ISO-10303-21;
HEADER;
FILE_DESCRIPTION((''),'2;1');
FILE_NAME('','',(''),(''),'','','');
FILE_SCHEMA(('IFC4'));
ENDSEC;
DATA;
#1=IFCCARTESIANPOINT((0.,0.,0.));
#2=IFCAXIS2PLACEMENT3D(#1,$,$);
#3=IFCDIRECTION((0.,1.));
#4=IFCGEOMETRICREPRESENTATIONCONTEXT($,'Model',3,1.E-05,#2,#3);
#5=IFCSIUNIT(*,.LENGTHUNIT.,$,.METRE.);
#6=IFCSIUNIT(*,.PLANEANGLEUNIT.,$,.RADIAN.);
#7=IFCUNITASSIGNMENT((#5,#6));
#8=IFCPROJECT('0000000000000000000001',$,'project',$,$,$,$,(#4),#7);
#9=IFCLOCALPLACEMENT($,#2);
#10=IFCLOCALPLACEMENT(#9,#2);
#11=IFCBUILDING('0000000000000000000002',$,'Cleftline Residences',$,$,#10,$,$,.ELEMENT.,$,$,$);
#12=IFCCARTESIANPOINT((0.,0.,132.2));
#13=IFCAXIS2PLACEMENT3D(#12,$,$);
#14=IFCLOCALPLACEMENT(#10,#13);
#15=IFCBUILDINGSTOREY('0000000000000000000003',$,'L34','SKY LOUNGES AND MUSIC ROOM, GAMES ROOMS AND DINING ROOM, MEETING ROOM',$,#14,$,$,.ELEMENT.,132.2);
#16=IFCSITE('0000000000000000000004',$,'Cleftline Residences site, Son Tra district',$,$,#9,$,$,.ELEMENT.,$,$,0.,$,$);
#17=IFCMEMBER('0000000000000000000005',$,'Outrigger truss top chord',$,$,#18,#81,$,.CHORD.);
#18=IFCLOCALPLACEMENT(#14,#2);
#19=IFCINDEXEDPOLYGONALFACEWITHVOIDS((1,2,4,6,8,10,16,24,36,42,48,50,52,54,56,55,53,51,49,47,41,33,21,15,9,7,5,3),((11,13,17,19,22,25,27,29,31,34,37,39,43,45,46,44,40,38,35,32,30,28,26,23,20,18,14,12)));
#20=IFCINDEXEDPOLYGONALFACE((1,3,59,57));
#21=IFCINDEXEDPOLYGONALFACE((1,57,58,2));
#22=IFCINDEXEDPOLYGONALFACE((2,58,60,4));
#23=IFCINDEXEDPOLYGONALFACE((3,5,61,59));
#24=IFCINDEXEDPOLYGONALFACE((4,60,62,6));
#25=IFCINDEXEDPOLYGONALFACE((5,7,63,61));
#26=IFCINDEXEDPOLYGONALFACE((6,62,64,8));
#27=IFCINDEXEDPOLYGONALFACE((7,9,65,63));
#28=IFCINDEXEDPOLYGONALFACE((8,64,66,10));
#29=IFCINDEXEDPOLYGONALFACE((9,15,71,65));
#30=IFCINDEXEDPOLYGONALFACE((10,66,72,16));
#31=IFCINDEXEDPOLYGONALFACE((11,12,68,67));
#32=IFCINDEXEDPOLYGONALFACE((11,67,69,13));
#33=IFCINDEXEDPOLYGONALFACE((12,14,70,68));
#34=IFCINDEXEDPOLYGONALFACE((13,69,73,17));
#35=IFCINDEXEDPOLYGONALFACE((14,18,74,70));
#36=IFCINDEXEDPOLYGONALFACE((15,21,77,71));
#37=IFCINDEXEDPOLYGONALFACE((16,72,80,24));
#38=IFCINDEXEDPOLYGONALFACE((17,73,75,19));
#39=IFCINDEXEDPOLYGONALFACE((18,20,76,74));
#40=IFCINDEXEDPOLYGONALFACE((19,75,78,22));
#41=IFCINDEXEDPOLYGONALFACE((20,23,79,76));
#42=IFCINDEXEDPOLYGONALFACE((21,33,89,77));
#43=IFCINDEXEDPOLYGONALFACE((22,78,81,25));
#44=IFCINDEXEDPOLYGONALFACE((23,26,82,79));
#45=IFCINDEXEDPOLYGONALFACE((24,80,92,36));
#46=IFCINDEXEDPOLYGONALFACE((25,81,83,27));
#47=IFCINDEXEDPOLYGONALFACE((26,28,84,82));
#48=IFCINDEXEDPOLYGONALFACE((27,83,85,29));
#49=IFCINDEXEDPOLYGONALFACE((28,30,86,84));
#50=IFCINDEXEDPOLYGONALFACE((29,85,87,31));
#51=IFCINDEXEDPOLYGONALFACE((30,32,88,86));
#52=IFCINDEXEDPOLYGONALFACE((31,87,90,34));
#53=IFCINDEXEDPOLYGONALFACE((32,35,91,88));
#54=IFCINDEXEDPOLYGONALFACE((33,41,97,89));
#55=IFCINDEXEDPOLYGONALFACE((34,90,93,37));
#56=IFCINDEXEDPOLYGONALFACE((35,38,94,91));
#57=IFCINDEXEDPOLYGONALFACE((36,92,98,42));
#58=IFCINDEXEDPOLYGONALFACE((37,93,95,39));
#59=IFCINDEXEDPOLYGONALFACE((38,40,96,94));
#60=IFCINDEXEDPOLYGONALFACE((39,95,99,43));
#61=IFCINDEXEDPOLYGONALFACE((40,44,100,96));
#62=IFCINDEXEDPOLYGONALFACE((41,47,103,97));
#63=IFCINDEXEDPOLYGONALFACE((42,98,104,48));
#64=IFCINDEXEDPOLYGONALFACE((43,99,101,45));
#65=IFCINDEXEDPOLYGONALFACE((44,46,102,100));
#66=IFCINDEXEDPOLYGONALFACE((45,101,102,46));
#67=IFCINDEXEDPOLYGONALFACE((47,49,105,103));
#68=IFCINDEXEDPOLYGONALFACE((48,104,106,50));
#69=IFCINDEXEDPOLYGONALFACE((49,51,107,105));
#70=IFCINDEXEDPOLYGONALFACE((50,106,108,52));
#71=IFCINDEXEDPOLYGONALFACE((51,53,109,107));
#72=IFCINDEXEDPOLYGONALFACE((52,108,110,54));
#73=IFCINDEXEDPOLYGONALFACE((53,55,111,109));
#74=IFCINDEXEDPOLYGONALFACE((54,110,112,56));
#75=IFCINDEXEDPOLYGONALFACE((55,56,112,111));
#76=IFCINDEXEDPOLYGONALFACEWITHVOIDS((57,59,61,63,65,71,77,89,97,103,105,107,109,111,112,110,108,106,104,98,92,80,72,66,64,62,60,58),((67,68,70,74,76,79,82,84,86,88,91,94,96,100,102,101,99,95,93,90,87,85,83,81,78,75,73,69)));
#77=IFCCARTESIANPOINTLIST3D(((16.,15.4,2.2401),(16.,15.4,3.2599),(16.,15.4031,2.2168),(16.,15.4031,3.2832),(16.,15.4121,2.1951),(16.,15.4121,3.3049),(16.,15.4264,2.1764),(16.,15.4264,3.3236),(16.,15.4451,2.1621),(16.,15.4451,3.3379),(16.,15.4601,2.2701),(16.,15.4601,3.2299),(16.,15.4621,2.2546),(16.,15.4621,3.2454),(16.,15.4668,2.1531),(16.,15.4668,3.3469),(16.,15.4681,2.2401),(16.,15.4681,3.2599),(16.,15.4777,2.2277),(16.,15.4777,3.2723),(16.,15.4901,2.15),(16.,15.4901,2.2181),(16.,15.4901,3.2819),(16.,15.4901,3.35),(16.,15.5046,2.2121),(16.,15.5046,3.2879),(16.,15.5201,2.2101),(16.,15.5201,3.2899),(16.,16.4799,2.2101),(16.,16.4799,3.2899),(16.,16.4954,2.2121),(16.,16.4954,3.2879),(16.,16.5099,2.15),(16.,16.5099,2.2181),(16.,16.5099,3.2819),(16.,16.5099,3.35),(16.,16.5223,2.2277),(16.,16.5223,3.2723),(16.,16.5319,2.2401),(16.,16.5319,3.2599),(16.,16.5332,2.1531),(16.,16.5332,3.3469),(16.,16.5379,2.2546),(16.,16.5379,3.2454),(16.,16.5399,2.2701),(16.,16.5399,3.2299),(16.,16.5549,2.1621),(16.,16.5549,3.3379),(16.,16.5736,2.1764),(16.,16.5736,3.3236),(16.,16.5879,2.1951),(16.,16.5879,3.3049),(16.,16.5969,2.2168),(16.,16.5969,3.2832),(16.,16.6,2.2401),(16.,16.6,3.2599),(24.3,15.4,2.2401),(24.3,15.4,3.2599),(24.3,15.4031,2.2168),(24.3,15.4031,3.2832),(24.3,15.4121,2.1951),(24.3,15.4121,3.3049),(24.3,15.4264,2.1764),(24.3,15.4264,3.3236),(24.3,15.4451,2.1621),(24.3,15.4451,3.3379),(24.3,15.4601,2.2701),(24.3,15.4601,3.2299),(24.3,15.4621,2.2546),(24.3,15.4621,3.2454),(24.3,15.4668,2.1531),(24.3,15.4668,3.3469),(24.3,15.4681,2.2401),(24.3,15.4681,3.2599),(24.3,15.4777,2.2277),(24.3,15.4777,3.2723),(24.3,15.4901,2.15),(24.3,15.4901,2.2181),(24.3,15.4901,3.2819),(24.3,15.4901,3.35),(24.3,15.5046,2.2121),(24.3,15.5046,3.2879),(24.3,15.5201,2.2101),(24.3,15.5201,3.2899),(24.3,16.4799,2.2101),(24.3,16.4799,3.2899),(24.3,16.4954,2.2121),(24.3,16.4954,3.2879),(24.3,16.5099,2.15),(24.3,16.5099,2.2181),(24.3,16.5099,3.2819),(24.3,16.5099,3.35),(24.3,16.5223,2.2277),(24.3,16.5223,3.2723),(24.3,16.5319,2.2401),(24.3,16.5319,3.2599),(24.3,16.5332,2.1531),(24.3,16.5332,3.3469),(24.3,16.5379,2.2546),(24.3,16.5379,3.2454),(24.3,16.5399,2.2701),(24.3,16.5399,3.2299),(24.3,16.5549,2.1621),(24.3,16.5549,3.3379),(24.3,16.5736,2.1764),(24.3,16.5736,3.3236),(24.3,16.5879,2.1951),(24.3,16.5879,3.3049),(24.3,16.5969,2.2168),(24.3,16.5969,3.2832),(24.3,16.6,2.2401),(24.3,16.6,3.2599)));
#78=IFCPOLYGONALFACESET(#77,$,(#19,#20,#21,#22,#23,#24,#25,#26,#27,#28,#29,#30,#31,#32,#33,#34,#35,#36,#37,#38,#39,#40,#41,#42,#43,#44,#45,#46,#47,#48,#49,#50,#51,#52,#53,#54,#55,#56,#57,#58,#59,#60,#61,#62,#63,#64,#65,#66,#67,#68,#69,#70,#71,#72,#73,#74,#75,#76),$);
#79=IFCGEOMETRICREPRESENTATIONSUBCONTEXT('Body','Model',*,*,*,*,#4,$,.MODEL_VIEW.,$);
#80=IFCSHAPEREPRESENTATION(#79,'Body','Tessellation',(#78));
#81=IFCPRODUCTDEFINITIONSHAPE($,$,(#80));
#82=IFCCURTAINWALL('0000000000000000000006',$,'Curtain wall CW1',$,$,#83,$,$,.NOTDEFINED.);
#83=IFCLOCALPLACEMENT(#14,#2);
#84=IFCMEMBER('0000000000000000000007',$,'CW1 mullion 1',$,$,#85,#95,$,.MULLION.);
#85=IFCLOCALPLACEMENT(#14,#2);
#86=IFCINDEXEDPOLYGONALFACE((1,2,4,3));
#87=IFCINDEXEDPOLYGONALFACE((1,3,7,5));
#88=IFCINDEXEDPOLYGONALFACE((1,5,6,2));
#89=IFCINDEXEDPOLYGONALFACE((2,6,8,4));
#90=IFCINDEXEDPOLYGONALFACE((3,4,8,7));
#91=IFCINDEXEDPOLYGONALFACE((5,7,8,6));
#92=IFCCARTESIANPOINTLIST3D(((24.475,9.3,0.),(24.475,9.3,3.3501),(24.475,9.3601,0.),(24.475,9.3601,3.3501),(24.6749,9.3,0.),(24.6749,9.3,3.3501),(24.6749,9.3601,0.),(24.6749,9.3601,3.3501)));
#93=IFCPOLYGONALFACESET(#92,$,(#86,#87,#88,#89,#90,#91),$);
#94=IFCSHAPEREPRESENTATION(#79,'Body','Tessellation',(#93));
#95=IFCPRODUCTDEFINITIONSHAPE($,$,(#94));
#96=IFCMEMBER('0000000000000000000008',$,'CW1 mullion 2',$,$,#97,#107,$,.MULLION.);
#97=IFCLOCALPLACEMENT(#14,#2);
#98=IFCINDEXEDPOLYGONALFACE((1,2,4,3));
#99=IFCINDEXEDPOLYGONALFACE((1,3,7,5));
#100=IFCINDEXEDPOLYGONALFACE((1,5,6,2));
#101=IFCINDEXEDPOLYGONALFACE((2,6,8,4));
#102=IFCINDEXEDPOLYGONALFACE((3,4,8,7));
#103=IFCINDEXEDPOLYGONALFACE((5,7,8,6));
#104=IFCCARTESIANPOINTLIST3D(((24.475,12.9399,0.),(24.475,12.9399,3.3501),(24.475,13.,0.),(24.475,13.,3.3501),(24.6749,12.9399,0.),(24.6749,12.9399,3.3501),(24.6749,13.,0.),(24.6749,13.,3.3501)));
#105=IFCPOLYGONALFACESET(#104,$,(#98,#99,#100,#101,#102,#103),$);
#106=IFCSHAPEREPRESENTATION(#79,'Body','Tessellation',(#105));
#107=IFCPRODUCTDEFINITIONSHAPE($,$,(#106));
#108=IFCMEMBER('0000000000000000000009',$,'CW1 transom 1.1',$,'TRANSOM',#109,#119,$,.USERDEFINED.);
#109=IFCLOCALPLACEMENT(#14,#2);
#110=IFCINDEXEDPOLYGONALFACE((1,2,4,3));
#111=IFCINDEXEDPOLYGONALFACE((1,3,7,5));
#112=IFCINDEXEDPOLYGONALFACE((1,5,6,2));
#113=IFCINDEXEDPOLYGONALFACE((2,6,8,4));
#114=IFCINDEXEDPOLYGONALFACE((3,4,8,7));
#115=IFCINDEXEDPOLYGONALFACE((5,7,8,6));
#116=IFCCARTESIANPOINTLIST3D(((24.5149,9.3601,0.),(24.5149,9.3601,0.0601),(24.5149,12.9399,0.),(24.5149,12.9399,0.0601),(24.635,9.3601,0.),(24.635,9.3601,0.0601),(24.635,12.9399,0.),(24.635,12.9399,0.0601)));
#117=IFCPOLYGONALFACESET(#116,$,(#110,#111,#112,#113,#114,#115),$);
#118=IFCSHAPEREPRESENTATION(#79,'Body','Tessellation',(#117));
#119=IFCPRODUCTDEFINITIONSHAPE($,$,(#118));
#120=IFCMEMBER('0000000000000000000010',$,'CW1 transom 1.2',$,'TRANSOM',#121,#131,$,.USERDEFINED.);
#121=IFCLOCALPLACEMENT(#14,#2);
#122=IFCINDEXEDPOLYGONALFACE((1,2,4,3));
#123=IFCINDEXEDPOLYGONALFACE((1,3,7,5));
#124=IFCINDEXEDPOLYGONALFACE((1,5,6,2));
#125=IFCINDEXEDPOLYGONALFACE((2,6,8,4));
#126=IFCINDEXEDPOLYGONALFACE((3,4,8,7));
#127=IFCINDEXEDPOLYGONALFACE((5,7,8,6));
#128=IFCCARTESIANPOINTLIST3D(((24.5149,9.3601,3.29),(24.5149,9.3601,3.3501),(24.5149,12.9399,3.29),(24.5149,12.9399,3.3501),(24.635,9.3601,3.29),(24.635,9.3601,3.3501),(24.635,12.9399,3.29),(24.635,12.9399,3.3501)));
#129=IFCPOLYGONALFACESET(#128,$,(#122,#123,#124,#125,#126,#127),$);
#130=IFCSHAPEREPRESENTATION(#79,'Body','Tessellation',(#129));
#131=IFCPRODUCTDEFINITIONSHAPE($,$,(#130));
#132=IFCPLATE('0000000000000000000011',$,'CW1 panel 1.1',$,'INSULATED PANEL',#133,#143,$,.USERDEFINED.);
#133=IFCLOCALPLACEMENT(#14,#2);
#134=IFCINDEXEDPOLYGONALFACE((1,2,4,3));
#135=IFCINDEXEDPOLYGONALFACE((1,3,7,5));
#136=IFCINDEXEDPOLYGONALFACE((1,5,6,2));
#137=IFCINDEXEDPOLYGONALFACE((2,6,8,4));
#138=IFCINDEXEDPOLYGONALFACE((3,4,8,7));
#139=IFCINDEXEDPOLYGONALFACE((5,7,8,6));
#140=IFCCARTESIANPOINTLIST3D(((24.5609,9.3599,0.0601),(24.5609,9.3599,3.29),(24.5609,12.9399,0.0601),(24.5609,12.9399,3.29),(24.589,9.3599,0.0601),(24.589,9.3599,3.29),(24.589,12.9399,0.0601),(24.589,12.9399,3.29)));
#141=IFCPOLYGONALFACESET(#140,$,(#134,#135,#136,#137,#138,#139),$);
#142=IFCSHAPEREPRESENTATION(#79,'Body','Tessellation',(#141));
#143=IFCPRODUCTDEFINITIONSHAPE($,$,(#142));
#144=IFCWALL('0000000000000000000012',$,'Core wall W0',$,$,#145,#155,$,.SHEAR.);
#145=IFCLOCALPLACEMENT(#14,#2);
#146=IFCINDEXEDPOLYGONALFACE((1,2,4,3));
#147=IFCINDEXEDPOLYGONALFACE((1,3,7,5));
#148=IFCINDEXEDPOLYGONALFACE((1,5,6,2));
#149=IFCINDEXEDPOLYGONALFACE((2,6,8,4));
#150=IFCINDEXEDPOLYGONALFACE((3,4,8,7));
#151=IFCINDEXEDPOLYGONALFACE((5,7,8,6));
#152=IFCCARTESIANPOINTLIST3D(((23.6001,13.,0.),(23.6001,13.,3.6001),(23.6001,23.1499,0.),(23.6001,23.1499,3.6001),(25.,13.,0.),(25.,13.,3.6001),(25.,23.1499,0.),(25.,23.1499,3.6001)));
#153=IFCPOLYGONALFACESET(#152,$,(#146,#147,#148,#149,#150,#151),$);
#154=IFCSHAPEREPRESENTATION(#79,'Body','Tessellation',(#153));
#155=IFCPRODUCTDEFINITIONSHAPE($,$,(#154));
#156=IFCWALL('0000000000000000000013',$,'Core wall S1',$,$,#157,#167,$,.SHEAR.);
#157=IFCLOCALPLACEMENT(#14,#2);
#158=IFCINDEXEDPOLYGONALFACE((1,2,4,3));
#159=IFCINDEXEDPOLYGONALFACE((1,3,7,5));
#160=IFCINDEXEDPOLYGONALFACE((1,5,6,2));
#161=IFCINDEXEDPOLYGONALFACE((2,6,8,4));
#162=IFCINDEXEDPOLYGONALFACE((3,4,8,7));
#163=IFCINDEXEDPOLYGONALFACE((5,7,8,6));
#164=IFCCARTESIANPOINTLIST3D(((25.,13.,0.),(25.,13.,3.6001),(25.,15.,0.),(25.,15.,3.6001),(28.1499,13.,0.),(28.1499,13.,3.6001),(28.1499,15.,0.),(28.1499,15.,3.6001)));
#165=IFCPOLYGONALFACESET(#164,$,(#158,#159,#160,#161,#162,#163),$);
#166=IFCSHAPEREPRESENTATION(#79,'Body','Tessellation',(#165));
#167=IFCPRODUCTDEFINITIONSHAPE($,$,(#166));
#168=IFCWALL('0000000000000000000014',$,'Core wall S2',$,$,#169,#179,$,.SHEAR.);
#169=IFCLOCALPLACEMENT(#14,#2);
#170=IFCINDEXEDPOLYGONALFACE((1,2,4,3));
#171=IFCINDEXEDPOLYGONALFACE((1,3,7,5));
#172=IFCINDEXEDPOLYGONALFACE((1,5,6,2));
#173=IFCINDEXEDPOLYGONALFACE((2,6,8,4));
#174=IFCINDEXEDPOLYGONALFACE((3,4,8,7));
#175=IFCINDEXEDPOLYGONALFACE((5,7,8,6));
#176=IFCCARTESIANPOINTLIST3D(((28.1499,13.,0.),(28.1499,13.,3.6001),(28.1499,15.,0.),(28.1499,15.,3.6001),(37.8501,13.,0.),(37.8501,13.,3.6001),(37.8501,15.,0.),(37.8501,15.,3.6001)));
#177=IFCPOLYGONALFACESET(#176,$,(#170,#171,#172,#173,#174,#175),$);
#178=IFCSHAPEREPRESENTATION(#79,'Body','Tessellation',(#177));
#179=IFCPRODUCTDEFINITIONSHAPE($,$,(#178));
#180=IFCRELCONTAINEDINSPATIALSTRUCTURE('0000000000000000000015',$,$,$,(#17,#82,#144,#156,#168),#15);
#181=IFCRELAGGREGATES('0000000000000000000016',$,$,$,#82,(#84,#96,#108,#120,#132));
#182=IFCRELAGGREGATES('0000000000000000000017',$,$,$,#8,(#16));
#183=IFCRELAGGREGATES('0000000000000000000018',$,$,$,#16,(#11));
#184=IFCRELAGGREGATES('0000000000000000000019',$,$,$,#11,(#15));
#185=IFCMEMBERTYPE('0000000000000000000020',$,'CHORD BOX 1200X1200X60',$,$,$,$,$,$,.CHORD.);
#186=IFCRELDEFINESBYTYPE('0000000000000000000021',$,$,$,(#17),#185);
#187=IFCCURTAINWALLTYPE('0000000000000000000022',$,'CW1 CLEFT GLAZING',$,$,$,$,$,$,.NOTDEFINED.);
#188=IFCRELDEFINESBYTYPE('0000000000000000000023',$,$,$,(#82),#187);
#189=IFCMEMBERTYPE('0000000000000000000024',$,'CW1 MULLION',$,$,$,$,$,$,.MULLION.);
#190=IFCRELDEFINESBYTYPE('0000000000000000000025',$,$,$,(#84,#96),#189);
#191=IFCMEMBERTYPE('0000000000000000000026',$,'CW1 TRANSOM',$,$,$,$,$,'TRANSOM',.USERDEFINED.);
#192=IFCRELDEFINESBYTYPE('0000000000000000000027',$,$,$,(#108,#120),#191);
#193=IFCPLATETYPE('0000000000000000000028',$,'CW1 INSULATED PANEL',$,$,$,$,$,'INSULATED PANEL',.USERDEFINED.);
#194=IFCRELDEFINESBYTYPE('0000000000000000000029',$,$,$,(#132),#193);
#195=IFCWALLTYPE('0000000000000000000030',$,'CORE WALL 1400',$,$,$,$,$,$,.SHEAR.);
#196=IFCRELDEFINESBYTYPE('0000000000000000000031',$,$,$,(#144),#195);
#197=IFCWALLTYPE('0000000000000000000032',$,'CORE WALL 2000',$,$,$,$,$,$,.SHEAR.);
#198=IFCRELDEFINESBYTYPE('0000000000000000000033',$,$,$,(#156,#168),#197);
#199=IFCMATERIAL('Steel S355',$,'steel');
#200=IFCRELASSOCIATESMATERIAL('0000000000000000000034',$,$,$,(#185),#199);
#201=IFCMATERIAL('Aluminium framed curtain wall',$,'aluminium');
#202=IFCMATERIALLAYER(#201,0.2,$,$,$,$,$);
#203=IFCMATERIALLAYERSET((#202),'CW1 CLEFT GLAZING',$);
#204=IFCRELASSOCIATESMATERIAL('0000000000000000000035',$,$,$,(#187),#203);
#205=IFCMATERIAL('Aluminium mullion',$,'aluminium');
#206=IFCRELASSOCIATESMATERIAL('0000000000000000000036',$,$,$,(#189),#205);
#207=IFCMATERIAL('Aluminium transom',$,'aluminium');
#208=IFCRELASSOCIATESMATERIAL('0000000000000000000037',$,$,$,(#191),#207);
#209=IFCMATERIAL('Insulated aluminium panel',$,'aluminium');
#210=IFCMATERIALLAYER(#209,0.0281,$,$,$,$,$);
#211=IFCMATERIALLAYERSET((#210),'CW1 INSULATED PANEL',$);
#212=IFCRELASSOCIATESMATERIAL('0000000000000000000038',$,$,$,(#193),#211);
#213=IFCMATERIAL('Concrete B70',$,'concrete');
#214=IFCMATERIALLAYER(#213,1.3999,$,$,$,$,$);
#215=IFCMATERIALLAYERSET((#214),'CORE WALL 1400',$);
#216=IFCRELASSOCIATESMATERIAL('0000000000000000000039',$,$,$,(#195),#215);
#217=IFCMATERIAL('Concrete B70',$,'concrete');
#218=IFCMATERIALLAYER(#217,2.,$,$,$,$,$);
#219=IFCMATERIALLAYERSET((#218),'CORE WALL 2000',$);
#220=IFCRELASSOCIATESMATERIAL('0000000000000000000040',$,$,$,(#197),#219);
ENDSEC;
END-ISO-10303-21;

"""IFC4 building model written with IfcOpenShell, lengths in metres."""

from ifc_helpers import new_model, si_unit, direction, frame, frame_2d, origin, origin_2d, place, context, subcontext, project, spatial, rectangle, hollow_rectangle, extrude, material, layer, layer_set, material_profile, profile_set, type_object, element, aggregate, save


model = new_model("IFC4")

# Units and contexts
model_context = context("Model", 3, precision=1e-05, world=origin(), true_north=direction((0.0, 1.0)))
body_context = subcontext(model_context, "Body", "Model", "MODEL_VIEW")
ifc_project = project(units=[si_unit("LENGTHUNIT", "METRE"), si_unit("PLANEANGLEUNIT", "RADIAN")], contexts=[model_context])

# Site, building, storey
site_placement = place(None, origin())
site = spatial("IfcSite", under=ifc_project, at=site_placement, Name="Cleftline Residences site, Son Tra district", CompositionType="ELEMENT", RefElevation=0.0)
building_placement = place(site_placement, origin())
building = spatial("IfcBuilding", under=site, at=building_placement, Name="Cleftline Residences", CompositionType="ELEMENT")
storey_placement = place(building_placement, frame((0.0, 0.0, 132.2)))
storey = spatial("IfcBuildingStorey", under=building, at=storey_placement, Name="L34", Description="SKY LOUNGES AND MUSIC ROOM, GAMES ROOMS AND DINING ROOM, MEETING ROOM", CompositionType="ELEMENT", Elevation=132.2)

# Member
ifc_material_1 = material(Name="Steel S355", Category="steel")
ifc_material_profile_1 = material_profile(ifc_material_1, hollow_rectangle(XDim=1.2, YDim=1.2, WallThickness=0.0601, InnerFilletRadius=0.0601, OuterFilletRadius=0.0901, at=origin_2d()))
ifc_profile_set_1 = profile_set([ifc_material_profile_1], Name="Steel S355")
member_type_1 = type_object("IfcMemberType", Name="CHORD BOX 1200X1200X60", PredefinedType="CHORD", material=ifc_profile_set_1)
for number, where, z_axis, x_axis, name in (
    (1, (24.3, 16.0, 2.75), (-1.0, 0.0, 0.0), (0.0, -1.0, 0.0), "Outrigger truss top chord"),
):
    element("IfcMember", number, at=place(storey_placement, frame(where, z_axis=z_axis, x_axis=x_axis)), inside=storey, type_object=member_type_1, Name=name, PredefinedType="CHORD", context=body_context, shape_type="SweptSolid", body=[
        extrude(hollow_rectangle(XDim=1.2, YDim=1.2, WallThickness=0.0601, InnerFilletRadius=0.0601, OuterFilletRadius=0.0901, at=origin_2d()), origin(), (0.0, 0.0, 1.0), 8.3),
    ])

# Curtain wall, members, plate
ifc_material_2 = material(Name="Aluminium framed curtain wall", Category="aluminium")
ifc_layer_1 = layer(ifc_material_2, 0.2)
ifc_layer_set_1 = layer_set([ifc_layer_1], Name="CW1 CLEFT GLAZING")
curtain_wall_type = type_object("IfcCurtainWallType", Name="CW1 CLEFT GLAZING", PredefinedType="NOTDEFINED", material=ifc_layer_set_1)
curtain_wall_placement = place(storey_placement, origin())
curtain_wall = element("IfcCurtainWall", 2, at=curtain_wall_placement, inside=storey, type_object=curtain_wall_type, Name="Curtain wall CW1", PredefinedType="NOTDEFINED")
ifc_material_3 = material(Name="Aluminium mullion", Category="aluminium")
ifc_material_profile_2 = material_profile(ifc_material_3, rectangle(XDim=0.2, YDim=0.0601, at=origin_2d()))
ifc_profile_set_2 = profile_set([ifc_material_profile_2], Name="Aluminium mullion")
member_type_2 = type_object("IfcMemberType", Name="CW1 MULLION", PredefinedType="MULLION", material=ifc_profile_set_2)
member_1_placement = place(storey_placement, frame((24.575, 9.3301, 0.0), z_axis=(0.0, 0.0, 1.0), x_axis=(-1.0, 0.0, 0.0)))
member_1 = element("IfcMember", 3, at=member_1_placement, type_object=member_type_2, Name="CW1 mullion 1", PredefinedType="MULLION", context=body_context, shape_type="SweptSolid", body=[
    extrude(rectangle(XDim=0.2, YDim=0.0601, at=origin_2d()), origin(), (0.0, 0.0, 1.0), 3.3501),
])
member_2_placement = place(storey_placement, frame((24.575, 12.97, 0.0), z_axis=(0.0, 0.0, 1.0), x_axis=(-1.0, 0.0, 0.0)))
member_2 = element("IfcMember", 4, at=member_2_placement, type_object=member_type_2, Name="CW1 mullion 2", PredefinedType="MULLION", context=body_context, shape_type="SweptSolid", body=[
    extrude(rectangle(XDim=0.2, YDim=0.0601, at=origin_2d()), origin(), (0.0, 0.0, 1.0), 3.3501),
])
ifc_material_4 = material(Name="Aluminium transom", Category="aluminium")
ifc_material_profile_3 = material_profile(ifc_material_4, rectangle(XDim=0.1201, YDim=0.0601, at=origin_2d()))
ifc_profile_set_3 = profile_set([ifc_material_profile_3], Name="Aluminium transom")
member_type_3 = type_object("IfcMemberType", Name="CW1 TRANSOM", ElementType="TRANSOM", PredefinedType="USERDEFINED", material=ifc_profile_set_3)
member_3_placement = place(storey_placement, frame((24.575, 9.3601, 0.03), z_axis=(0.0, 1.0, 0.0), x_axis=(-1.0, 0.0, 0.0)))
member_3 = element("IfcMember", 5, at=member_3_placement, type_object=member_type_3, Name="CW1 transom 1.1", ObjectType="TRANSOM", PredefinedType="USERDEFINED", context=body_context, shape_type="SweptSolid", body=[
    extrude(rectangle(XDim=0.1201, YDim=0.0601, at=origin_2d()), origin(), (0.0, 0.0, 1.0), 3.5798),
])
member_4_placement = place(storey_placement, frame((24.575, 9.3601, 3.3201), z_axis=(0.0, 1.0, 0.0), x_axis=(-1.0, 0.0, 0.0)))
member_4 = element("IfcMember", 6, at=member_4_placement, type_object=member_type_3, Name="CW1 transom 1.2", ObjectType="TRANSOM", PredefinedType="USERDEFINED", context=body_context, shape_type="SweptSolid", body=[
    extrude(rectangle(XDim=0.1201, YDim=0.0601, at=origin_2d()), origin(), (0.0, 0.0, 1.0), 3.5798),
])
ifc_material_5 = material(Name="Insulated aluminium panel", Category="aluminium")
ifc_layer_2 = layer(ifc_material_5, 0.0281)
ifc_layer_set_2 = layer_set([ifc_layer_2], Name="CW1 INSULATED PANEL")
plate_type = type_object("IfcPlateType", Name="CW1 INSULATED PANEL", ElementType="INSULATED PANEL", PredefinedType="USERDEFINED", material=ifc_layer_set_2)
plate_placement = place(storey_placement, frame((24.575, 11.1499, 0.0601), z_axis=(0.0, 0.0, 1.0), x_axis=(0.0, 1.0, 0.0)))
plate = element("IfcPlate", 7, at=plate_placement, type_object=plate_type, Name="CW1 panel 1.1", ObjectType="INSULATED PANEL", PredefinedType="USERDEFINED", context=body_context, shape_type="SweptSolid", body=[
    extrude(rectangle(XDim=3.5801, YDim=0.0281, at=origin_2d()), origin(), (0.0, 0.0, 1.0), 3.23),
])
aggregate(curtain_wall, [member_1, member_2, member_3, member_4, plate])

# Walls
ifc_material_6 = material(Name="Concrete B70", Category="concrete")
ifc_layer_3 = layer(ifc_material_6, 1.3999)
ifc_layer_set_3 = layer_set([ifc_layer_3], Name="CORE WALL 1400")
wall_type_1 = type_object("IfcWallType", Name="CORE WALL 1400", PredefinedType="SHEAR", material=ifc_layer_set_3)
wall_1_placement = place(storey_placement, frame((24.3, 13.0, 0.0), z_axis=(0.0, 0.0, 1.0), x_axis=(0.0, 1.0, 0.0)))
element("IfcWall", 8, at=wall_1_placement, inside=storey, type_object=wall_type_1, Name="Core wall W0", PredefinedType="SHEAR", context=body_context, shape_type="SweptSolid", body=[
    extrude(rectangle(XDim=10.1499, YDim=1.3999, at=frame_2d((5.075, 0.0))), origin(), (0.0, 0.0, 1.0), 3.6001),
])
ifc_material_7 = material(Name="Concrete B70", Category="concrete")
ifc_layer_4 = layer(ifc_material_7, 2.0)
ifc_layer_set_4 = layer_set([ifc_layer_4], Name="CORE WALL 2000")
wall_type_2 = type_object("IfcWallType", Name="CORE WALL 2000", PredefinedType="SHEAR", material=ifc_layer_set_4)
wall_2_placement = place(storey_placement, frame((25.0, 14.0, 0.0), z_axis=(0.0, 0.0, 1.0), x_axis=(1.0, 0.0, 0.0)))
element("IfcWall", 9, at=wall_2_placement, inside=storey, type_object=wall_type_2, Name="Core wall S1", PredefinedType="SHEAR", context=body_context, shape_type="SweptSolid", body=[
    extrude(rectangle(XDim=3.1499, YDim=2.0, at=frame_2d((1.575, 0.0))), origin(), (0.0, 0.0, 1.0), 3.6001),
])
wall_3_placement = place(storey_placement, frame((28.1499, 14.0, 0.0), z_axis=(0.0, 0.0, 1.0), x_axis=(1.0, 0.0, 0.0)))
element("IfcWall", 10, at=wall_3_placement, inside=storey, type_object=wall_type_2, Name="Core wall S2", PredefinedType="SHEAR", context=body_context, shape_type="SweptSolid", body=[
    extrude(rectangle(XDim=9.7002, YDim=2.0, at=frame_2d((4.8501, 0.0))), origin(), (0.0, 0.0, 1.0), 3.6001),
])

save(model, "model.ifc")
